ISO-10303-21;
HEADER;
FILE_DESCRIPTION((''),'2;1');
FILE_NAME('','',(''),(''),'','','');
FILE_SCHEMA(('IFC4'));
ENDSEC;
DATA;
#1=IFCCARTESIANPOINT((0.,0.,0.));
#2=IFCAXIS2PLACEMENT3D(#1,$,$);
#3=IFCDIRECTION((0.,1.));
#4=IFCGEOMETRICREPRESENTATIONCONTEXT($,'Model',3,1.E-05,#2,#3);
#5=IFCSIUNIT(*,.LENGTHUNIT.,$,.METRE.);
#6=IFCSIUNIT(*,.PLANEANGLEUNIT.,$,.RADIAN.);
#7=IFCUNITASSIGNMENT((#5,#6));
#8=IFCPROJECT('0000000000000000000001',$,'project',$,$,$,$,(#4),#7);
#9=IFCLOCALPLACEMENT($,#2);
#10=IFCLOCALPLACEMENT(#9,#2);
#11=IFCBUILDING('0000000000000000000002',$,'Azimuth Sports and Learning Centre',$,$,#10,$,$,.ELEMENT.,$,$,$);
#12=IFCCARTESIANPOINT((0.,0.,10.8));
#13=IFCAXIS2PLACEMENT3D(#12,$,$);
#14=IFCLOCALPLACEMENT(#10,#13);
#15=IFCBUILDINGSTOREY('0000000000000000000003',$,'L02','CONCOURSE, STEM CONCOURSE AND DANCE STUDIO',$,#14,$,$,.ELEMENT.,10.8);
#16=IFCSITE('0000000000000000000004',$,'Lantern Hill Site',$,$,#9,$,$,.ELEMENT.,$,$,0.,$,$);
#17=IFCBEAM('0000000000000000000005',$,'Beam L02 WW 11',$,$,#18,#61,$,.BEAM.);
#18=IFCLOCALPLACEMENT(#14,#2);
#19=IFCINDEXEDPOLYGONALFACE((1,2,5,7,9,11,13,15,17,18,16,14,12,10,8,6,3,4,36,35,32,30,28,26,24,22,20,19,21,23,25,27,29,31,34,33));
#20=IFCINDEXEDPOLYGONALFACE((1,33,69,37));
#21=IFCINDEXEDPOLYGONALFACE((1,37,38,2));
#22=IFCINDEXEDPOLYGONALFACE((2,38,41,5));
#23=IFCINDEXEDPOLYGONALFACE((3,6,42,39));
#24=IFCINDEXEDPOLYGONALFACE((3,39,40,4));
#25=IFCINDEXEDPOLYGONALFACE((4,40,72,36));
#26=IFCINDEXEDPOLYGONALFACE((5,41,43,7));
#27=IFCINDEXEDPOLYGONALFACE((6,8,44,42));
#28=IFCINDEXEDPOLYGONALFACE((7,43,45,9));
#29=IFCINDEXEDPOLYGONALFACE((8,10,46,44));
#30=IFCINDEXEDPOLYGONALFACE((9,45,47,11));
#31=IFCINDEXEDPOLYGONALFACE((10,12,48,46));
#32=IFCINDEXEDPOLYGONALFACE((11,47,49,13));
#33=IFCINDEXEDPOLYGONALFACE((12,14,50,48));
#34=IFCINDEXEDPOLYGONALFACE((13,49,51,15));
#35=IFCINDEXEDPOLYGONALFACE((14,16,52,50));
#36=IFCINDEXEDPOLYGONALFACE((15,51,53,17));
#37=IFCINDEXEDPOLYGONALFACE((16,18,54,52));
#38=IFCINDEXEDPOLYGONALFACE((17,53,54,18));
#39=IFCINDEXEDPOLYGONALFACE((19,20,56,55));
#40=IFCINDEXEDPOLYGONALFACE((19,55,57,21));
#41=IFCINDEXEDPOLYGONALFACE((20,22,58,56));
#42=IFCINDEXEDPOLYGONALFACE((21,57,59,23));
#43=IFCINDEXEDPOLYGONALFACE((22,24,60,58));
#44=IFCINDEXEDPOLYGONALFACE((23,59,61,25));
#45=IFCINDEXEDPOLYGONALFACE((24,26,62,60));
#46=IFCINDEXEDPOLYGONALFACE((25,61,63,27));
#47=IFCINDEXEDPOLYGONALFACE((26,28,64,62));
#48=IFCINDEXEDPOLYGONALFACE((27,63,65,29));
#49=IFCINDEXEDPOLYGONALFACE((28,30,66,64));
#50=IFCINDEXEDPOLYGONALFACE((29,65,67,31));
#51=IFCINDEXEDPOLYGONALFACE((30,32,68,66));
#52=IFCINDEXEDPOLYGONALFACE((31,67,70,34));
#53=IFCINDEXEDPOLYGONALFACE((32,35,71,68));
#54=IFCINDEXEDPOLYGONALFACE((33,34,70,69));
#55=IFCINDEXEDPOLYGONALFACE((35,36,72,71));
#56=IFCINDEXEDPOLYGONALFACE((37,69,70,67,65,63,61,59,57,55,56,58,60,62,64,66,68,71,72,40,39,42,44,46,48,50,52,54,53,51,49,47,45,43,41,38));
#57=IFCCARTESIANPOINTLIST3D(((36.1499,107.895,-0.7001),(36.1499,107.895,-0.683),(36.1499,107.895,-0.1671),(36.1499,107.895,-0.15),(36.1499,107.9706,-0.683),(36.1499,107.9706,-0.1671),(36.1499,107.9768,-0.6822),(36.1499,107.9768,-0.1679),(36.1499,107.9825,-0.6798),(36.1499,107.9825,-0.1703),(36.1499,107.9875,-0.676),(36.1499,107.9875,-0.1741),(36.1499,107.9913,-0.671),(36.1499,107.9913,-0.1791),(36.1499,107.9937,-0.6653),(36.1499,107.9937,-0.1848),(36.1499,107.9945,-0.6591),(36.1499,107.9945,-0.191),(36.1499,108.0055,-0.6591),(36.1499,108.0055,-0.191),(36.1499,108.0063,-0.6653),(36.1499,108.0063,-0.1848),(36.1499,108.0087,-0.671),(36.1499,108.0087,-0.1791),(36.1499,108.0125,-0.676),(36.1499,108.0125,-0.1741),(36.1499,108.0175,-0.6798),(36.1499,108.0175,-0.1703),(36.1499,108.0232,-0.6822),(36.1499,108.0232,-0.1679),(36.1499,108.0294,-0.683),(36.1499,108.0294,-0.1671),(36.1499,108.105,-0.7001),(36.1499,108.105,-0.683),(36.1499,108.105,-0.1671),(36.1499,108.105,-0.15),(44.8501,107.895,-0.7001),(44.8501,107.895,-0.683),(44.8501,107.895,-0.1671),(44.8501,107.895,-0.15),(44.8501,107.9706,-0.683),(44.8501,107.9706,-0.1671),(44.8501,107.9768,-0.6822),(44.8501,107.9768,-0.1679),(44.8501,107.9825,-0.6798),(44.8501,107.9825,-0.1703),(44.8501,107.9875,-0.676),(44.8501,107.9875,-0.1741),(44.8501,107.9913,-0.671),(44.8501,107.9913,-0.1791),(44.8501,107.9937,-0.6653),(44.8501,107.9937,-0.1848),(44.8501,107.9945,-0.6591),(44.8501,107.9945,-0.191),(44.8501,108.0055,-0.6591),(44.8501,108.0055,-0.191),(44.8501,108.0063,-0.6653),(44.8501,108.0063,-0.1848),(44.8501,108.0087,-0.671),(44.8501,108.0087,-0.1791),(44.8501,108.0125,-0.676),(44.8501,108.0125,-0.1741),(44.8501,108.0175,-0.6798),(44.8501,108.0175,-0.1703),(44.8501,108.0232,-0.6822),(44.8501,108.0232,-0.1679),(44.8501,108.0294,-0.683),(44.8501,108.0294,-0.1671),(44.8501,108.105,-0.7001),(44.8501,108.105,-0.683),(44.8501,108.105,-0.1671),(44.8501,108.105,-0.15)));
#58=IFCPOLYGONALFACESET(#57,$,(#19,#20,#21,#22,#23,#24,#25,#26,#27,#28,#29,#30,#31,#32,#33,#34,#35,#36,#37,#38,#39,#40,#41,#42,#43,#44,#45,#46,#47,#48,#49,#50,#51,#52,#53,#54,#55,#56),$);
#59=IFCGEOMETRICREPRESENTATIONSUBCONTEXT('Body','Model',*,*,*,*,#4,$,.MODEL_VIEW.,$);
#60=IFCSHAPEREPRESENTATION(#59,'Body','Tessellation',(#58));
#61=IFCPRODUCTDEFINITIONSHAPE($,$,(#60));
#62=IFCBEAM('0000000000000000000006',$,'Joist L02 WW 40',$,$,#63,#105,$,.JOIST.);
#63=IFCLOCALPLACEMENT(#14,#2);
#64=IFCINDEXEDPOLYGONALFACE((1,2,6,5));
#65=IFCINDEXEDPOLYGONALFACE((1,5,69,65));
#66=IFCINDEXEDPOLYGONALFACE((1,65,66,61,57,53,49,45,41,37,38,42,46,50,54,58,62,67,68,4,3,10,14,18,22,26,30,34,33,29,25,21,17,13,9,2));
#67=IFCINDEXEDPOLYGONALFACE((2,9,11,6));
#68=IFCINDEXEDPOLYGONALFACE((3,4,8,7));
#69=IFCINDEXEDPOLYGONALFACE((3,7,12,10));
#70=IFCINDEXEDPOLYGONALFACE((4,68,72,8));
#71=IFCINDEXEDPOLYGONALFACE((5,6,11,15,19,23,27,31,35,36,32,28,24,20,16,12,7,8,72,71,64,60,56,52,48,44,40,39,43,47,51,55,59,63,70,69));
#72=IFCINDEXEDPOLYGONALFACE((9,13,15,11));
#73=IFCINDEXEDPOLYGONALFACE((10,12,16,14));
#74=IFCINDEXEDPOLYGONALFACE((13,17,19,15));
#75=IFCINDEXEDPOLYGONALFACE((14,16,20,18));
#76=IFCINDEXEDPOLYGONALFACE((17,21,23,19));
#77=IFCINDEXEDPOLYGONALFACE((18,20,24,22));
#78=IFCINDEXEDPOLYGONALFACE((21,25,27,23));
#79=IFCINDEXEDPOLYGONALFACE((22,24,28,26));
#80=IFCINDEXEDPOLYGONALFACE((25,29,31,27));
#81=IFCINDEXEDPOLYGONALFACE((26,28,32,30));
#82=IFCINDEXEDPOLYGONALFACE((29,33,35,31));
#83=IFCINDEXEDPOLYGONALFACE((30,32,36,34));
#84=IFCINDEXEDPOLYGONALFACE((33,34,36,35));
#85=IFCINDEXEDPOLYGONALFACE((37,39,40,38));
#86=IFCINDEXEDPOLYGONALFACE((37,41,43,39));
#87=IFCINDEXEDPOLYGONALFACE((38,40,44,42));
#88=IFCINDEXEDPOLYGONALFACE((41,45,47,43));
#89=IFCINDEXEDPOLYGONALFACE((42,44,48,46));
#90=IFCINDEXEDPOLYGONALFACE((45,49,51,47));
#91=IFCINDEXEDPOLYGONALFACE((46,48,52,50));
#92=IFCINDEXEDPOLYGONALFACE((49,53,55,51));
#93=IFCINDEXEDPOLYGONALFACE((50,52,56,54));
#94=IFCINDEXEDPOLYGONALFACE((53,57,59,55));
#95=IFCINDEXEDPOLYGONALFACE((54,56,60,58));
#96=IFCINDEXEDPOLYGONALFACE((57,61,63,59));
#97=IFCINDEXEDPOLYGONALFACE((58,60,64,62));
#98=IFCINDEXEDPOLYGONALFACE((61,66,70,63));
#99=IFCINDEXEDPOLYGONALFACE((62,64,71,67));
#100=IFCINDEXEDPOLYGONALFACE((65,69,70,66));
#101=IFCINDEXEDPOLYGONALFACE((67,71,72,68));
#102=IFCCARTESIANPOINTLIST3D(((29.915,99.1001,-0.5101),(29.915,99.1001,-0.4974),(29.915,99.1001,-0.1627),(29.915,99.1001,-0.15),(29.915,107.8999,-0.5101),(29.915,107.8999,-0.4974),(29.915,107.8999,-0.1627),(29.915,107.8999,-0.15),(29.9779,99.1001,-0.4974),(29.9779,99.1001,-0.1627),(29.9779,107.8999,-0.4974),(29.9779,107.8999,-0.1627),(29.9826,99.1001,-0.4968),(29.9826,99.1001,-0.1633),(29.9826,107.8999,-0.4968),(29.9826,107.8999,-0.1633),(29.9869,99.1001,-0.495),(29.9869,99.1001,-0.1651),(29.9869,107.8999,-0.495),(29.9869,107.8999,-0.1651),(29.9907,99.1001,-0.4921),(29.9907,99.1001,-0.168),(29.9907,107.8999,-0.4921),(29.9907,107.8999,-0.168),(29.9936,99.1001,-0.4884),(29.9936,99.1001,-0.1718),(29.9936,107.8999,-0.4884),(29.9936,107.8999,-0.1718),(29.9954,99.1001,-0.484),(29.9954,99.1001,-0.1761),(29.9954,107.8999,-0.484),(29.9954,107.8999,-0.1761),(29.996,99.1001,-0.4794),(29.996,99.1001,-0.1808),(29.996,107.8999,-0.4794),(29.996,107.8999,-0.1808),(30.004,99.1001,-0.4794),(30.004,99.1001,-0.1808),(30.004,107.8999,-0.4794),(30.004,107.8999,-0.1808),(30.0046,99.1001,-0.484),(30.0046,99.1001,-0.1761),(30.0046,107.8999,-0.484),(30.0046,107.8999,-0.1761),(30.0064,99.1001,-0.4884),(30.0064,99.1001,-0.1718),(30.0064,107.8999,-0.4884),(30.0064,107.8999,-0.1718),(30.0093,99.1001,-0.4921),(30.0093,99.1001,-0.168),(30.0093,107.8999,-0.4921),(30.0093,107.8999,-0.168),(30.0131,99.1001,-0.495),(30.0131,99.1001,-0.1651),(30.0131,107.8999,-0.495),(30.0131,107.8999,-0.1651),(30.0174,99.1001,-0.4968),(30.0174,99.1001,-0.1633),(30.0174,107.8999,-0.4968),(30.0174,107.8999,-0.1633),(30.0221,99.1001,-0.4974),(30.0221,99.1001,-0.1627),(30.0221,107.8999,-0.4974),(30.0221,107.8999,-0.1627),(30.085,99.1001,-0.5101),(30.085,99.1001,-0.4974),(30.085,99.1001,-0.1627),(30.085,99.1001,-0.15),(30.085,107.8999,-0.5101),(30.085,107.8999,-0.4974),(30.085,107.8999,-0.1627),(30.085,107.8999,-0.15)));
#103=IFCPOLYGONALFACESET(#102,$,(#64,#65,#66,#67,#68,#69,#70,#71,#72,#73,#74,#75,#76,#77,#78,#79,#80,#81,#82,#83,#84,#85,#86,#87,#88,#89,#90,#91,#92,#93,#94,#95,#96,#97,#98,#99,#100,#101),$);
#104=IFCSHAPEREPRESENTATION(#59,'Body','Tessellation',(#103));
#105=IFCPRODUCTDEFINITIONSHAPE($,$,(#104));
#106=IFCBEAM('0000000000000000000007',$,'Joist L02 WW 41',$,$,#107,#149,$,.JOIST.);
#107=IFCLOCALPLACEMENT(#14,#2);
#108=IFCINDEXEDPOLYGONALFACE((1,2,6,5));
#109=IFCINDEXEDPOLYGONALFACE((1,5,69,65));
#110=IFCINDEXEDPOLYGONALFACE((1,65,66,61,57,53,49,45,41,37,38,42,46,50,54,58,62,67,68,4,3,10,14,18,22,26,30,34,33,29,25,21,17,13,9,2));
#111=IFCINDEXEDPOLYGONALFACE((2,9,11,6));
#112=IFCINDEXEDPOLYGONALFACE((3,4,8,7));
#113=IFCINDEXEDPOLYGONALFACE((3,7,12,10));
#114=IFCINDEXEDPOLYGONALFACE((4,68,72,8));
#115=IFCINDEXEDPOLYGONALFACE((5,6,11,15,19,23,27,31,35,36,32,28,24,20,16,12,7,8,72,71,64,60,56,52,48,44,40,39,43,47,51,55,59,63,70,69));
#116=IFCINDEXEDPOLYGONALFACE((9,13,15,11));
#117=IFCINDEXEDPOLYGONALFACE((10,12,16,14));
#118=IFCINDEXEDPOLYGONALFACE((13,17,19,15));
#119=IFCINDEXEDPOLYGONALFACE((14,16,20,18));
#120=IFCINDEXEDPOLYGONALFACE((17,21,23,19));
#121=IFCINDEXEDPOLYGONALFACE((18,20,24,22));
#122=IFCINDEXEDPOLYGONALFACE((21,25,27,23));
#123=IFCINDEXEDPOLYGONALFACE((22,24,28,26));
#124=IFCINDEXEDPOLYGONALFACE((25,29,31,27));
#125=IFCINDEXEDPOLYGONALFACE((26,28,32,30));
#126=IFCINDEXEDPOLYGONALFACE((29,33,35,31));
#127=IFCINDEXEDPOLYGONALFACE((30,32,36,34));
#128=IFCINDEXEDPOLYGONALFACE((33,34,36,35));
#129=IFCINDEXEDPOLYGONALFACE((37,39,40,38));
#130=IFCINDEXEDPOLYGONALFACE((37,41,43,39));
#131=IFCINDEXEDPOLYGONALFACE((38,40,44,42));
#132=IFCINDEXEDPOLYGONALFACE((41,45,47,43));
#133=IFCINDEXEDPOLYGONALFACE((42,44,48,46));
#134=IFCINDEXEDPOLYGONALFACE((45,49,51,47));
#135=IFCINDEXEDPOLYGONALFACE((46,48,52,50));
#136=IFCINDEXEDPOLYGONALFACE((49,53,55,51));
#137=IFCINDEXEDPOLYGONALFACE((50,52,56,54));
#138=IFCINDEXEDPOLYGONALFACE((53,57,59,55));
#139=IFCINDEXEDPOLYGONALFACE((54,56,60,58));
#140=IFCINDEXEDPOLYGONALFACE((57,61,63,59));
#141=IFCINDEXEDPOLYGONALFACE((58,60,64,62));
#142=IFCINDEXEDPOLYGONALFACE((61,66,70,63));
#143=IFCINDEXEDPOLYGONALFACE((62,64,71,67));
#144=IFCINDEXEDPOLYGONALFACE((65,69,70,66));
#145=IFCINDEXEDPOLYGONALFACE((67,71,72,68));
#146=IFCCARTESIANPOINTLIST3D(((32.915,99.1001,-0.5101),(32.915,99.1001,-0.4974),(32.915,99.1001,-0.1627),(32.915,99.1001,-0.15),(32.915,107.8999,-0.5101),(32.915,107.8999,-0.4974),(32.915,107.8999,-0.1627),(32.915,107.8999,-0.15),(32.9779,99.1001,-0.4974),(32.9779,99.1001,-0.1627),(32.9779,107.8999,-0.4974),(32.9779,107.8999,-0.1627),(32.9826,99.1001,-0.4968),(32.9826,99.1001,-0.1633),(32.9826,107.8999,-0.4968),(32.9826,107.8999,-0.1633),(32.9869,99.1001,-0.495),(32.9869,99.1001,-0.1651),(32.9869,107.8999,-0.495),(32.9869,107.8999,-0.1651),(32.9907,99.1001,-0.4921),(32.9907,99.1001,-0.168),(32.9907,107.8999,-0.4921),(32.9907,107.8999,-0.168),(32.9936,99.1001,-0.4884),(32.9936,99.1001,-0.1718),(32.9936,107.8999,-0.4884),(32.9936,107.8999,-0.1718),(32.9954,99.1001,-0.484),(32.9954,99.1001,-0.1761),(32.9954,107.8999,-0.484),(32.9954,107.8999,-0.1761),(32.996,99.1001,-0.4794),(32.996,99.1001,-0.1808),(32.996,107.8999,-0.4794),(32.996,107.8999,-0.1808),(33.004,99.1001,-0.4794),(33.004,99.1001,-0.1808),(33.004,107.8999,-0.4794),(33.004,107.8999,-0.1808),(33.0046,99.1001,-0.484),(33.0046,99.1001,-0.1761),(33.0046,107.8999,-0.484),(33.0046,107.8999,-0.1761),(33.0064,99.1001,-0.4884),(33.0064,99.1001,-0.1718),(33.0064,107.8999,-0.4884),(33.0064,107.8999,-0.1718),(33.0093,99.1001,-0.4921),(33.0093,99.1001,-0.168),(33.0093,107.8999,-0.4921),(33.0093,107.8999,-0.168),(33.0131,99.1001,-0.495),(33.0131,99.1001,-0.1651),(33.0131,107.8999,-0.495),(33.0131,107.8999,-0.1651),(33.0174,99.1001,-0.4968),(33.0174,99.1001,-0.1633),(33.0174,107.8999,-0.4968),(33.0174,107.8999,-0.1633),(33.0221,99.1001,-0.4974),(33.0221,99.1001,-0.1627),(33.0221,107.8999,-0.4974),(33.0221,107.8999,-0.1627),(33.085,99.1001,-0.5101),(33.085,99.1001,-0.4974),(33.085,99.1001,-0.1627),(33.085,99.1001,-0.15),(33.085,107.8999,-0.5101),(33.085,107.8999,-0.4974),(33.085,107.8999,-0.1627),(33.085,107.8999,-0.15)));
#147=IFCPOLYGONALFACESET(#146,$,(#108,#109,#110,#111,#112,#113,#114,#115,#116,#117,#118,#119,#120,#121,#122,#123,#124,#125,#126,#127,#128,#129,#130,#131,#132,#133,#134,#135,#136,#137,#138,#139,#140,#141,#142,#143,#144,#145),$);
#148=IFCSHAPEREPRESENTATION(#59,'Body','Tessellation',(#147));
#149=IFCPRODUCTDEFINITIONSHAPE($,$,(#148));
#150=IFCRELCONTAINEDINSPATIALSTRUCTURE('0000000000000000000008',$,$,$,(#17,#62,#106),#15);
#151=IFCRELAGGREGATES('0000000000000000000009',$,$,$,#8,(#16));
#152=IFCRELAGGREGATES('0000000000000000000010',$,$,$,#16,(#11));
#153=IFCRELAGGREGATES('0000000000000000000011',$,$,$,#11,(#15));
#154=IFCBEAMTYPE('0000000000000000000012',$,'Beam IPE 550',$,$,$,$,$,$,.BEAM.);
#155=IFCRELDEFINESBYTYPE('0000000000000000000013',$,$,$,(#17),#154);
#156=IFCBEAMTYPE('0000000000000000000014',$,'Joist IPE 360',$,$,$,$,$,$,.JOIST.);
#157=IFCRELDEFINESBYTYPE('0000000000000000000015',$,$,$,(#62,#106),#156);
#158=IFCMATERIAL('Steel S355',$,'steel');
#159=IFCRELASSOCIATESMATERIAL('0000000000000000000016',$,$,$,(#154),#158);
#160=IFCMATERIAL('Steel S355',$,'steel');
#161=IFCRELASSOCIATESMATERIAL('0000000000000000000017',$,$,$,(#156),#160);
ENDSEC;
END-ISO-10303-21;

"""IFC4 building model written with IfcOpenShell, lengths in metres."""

from ifc_helpers import new_model, si_unit, direction, frame, origin, origin_2d, place, context, subcontext, project, spatial, i_section, extrude, material, material_profile, profile_set, type_object, element, save


model = new_model("IFC4")

# Units and contexts
model_context = context("Model", 3, precision=1e-05, world=origin(), true_north=direction((0.0, 1.0)))
body_context = subcontext(model_context, "Body", "Model", "MODEL_VIEW")
ifc_project = project(units=[si_unit("LENGTHUNIT", "METRE"), si_unit("PLANEANGLEUNIT", "RADIAN")], contexts=[model_context])

# Site, building, storey
site_placement = place(None, origin())
site = spatial("IfcSite", under=ifc_project, at=site_placement, Name="Lantern Hill Site", CompositionType="ELEMENT", RefElevation=0.0)
building_placement = place(site_placement, origin())
building = spatial("IfcBuilding", under=site, at=building_placement, Name="Azimuth Sports and Learning Centre", CompositionType="ELEMENT")
storey_placement = place(building_placement, frame((0.0, 0.0, 10.8)))
storey = spatial("IfcBuildingStorey", under=building, at=storey_placement, Name="L02", Description="CONCOURSE, STEM CONCOURSE AND DANCE STUDIO", CompositionType="ELEMENT", Elevation=10.8)

# Beams
ifc_material_1 = material(Name="Steel S355", Category="steel")
ifc_material_profile_1 = material_profile(ifc_material_1, i_section(OverallWidth=0.21, OverallDepth=0.55, WebThickness=0.011, FlangeThickness=0.0171, FilletRadius=0.0239, at=origin_2d()), Name="IPE 550")
ifc_profile_set_1 = profile_set([ifc_material_profile_1], Name="Steel S355")
beam_type_1 = type_object("IfcBeamType", Name="Beam IPE 550", PredefinedType="BEAM", material=ifc_profile_set_1)
for number, where, z_axis, x_axis, name in (
    (1, (36.1499, 108.0, -0.425), (1.0, 0.0, 0.0), (0.0, 1.0, 0.0), "Beam L02 WW 11"),
):
    element("IfcBeam", number, at=place(storey_placement, frame(where, z_axis=z_axis, x_axis=x_axis)), inside=storey, type_object=beam_type_1, Name=name, PredefinedType="BEAM", context=body_context, shape_type="SweptSolid", body=[
        extrude(i_section(OverallWidth=0.21, OverallDepth=0.55, WebThickness=0.011, FlangeThickness=0.0171, FilletRadius=0.0239, at=origin_2d()), origin(), (0.0, 0.0, 1.0), 8.7002),
    ])
ifc_material_2 = material(Name="Steel S355", Category="steel")
ifc_material_profile_2 = material_profile(ifc_material_2, i_section(OverallWidth=0.1699, OverallDepth=0.3601, WebThickness=0.0081, FlangeThickness=0.0127, FilletRadius=0.0181, at=origin_2d()), Name="IPE 360")
ifc_profile_set_2 = profile_set([ifc_material_profile_2], Name="Steel S355")
beam_type_2 = type_object("IfcBeamType", Name="Joist IPE 360", PredefinedType="JOIST", material=ifc_profile_set_2)
for number, where, z_axis, x_axis, name in (
    (2, (30.0, 99.1001, -0.3301), (0.0, 1.0, 0.0), (-1.0, 0.0, 0.0), "Joist L02 WW 40"),
    (3, (33.0, 99.1001, -0.3301), (0.0, 1.0, 0.0), (-1.0, 0.0, 0.0), "Joist L02 WW 41"),
):
    element("IfcBeam", number, at=place(storey_placement, frame(where, z_axis=z_axis, x_axis=x_axis)), inside=storey, type_object=beam_type_2, Name=name, PredefinedType="JOIST", context=body_context, shape_type="SweptSolid", body=[
        extrude(i_section(OverallWidth=0.1699, OverallDepth=0.3601, WebThickness=0.0081, FlangeThickness=0.0127, FilletRadius=0.0181, at=origin_2d()), origin(), (0.0, 0.0, 1.0), 8.7998),
    ])

save(model, "model.ifc")
